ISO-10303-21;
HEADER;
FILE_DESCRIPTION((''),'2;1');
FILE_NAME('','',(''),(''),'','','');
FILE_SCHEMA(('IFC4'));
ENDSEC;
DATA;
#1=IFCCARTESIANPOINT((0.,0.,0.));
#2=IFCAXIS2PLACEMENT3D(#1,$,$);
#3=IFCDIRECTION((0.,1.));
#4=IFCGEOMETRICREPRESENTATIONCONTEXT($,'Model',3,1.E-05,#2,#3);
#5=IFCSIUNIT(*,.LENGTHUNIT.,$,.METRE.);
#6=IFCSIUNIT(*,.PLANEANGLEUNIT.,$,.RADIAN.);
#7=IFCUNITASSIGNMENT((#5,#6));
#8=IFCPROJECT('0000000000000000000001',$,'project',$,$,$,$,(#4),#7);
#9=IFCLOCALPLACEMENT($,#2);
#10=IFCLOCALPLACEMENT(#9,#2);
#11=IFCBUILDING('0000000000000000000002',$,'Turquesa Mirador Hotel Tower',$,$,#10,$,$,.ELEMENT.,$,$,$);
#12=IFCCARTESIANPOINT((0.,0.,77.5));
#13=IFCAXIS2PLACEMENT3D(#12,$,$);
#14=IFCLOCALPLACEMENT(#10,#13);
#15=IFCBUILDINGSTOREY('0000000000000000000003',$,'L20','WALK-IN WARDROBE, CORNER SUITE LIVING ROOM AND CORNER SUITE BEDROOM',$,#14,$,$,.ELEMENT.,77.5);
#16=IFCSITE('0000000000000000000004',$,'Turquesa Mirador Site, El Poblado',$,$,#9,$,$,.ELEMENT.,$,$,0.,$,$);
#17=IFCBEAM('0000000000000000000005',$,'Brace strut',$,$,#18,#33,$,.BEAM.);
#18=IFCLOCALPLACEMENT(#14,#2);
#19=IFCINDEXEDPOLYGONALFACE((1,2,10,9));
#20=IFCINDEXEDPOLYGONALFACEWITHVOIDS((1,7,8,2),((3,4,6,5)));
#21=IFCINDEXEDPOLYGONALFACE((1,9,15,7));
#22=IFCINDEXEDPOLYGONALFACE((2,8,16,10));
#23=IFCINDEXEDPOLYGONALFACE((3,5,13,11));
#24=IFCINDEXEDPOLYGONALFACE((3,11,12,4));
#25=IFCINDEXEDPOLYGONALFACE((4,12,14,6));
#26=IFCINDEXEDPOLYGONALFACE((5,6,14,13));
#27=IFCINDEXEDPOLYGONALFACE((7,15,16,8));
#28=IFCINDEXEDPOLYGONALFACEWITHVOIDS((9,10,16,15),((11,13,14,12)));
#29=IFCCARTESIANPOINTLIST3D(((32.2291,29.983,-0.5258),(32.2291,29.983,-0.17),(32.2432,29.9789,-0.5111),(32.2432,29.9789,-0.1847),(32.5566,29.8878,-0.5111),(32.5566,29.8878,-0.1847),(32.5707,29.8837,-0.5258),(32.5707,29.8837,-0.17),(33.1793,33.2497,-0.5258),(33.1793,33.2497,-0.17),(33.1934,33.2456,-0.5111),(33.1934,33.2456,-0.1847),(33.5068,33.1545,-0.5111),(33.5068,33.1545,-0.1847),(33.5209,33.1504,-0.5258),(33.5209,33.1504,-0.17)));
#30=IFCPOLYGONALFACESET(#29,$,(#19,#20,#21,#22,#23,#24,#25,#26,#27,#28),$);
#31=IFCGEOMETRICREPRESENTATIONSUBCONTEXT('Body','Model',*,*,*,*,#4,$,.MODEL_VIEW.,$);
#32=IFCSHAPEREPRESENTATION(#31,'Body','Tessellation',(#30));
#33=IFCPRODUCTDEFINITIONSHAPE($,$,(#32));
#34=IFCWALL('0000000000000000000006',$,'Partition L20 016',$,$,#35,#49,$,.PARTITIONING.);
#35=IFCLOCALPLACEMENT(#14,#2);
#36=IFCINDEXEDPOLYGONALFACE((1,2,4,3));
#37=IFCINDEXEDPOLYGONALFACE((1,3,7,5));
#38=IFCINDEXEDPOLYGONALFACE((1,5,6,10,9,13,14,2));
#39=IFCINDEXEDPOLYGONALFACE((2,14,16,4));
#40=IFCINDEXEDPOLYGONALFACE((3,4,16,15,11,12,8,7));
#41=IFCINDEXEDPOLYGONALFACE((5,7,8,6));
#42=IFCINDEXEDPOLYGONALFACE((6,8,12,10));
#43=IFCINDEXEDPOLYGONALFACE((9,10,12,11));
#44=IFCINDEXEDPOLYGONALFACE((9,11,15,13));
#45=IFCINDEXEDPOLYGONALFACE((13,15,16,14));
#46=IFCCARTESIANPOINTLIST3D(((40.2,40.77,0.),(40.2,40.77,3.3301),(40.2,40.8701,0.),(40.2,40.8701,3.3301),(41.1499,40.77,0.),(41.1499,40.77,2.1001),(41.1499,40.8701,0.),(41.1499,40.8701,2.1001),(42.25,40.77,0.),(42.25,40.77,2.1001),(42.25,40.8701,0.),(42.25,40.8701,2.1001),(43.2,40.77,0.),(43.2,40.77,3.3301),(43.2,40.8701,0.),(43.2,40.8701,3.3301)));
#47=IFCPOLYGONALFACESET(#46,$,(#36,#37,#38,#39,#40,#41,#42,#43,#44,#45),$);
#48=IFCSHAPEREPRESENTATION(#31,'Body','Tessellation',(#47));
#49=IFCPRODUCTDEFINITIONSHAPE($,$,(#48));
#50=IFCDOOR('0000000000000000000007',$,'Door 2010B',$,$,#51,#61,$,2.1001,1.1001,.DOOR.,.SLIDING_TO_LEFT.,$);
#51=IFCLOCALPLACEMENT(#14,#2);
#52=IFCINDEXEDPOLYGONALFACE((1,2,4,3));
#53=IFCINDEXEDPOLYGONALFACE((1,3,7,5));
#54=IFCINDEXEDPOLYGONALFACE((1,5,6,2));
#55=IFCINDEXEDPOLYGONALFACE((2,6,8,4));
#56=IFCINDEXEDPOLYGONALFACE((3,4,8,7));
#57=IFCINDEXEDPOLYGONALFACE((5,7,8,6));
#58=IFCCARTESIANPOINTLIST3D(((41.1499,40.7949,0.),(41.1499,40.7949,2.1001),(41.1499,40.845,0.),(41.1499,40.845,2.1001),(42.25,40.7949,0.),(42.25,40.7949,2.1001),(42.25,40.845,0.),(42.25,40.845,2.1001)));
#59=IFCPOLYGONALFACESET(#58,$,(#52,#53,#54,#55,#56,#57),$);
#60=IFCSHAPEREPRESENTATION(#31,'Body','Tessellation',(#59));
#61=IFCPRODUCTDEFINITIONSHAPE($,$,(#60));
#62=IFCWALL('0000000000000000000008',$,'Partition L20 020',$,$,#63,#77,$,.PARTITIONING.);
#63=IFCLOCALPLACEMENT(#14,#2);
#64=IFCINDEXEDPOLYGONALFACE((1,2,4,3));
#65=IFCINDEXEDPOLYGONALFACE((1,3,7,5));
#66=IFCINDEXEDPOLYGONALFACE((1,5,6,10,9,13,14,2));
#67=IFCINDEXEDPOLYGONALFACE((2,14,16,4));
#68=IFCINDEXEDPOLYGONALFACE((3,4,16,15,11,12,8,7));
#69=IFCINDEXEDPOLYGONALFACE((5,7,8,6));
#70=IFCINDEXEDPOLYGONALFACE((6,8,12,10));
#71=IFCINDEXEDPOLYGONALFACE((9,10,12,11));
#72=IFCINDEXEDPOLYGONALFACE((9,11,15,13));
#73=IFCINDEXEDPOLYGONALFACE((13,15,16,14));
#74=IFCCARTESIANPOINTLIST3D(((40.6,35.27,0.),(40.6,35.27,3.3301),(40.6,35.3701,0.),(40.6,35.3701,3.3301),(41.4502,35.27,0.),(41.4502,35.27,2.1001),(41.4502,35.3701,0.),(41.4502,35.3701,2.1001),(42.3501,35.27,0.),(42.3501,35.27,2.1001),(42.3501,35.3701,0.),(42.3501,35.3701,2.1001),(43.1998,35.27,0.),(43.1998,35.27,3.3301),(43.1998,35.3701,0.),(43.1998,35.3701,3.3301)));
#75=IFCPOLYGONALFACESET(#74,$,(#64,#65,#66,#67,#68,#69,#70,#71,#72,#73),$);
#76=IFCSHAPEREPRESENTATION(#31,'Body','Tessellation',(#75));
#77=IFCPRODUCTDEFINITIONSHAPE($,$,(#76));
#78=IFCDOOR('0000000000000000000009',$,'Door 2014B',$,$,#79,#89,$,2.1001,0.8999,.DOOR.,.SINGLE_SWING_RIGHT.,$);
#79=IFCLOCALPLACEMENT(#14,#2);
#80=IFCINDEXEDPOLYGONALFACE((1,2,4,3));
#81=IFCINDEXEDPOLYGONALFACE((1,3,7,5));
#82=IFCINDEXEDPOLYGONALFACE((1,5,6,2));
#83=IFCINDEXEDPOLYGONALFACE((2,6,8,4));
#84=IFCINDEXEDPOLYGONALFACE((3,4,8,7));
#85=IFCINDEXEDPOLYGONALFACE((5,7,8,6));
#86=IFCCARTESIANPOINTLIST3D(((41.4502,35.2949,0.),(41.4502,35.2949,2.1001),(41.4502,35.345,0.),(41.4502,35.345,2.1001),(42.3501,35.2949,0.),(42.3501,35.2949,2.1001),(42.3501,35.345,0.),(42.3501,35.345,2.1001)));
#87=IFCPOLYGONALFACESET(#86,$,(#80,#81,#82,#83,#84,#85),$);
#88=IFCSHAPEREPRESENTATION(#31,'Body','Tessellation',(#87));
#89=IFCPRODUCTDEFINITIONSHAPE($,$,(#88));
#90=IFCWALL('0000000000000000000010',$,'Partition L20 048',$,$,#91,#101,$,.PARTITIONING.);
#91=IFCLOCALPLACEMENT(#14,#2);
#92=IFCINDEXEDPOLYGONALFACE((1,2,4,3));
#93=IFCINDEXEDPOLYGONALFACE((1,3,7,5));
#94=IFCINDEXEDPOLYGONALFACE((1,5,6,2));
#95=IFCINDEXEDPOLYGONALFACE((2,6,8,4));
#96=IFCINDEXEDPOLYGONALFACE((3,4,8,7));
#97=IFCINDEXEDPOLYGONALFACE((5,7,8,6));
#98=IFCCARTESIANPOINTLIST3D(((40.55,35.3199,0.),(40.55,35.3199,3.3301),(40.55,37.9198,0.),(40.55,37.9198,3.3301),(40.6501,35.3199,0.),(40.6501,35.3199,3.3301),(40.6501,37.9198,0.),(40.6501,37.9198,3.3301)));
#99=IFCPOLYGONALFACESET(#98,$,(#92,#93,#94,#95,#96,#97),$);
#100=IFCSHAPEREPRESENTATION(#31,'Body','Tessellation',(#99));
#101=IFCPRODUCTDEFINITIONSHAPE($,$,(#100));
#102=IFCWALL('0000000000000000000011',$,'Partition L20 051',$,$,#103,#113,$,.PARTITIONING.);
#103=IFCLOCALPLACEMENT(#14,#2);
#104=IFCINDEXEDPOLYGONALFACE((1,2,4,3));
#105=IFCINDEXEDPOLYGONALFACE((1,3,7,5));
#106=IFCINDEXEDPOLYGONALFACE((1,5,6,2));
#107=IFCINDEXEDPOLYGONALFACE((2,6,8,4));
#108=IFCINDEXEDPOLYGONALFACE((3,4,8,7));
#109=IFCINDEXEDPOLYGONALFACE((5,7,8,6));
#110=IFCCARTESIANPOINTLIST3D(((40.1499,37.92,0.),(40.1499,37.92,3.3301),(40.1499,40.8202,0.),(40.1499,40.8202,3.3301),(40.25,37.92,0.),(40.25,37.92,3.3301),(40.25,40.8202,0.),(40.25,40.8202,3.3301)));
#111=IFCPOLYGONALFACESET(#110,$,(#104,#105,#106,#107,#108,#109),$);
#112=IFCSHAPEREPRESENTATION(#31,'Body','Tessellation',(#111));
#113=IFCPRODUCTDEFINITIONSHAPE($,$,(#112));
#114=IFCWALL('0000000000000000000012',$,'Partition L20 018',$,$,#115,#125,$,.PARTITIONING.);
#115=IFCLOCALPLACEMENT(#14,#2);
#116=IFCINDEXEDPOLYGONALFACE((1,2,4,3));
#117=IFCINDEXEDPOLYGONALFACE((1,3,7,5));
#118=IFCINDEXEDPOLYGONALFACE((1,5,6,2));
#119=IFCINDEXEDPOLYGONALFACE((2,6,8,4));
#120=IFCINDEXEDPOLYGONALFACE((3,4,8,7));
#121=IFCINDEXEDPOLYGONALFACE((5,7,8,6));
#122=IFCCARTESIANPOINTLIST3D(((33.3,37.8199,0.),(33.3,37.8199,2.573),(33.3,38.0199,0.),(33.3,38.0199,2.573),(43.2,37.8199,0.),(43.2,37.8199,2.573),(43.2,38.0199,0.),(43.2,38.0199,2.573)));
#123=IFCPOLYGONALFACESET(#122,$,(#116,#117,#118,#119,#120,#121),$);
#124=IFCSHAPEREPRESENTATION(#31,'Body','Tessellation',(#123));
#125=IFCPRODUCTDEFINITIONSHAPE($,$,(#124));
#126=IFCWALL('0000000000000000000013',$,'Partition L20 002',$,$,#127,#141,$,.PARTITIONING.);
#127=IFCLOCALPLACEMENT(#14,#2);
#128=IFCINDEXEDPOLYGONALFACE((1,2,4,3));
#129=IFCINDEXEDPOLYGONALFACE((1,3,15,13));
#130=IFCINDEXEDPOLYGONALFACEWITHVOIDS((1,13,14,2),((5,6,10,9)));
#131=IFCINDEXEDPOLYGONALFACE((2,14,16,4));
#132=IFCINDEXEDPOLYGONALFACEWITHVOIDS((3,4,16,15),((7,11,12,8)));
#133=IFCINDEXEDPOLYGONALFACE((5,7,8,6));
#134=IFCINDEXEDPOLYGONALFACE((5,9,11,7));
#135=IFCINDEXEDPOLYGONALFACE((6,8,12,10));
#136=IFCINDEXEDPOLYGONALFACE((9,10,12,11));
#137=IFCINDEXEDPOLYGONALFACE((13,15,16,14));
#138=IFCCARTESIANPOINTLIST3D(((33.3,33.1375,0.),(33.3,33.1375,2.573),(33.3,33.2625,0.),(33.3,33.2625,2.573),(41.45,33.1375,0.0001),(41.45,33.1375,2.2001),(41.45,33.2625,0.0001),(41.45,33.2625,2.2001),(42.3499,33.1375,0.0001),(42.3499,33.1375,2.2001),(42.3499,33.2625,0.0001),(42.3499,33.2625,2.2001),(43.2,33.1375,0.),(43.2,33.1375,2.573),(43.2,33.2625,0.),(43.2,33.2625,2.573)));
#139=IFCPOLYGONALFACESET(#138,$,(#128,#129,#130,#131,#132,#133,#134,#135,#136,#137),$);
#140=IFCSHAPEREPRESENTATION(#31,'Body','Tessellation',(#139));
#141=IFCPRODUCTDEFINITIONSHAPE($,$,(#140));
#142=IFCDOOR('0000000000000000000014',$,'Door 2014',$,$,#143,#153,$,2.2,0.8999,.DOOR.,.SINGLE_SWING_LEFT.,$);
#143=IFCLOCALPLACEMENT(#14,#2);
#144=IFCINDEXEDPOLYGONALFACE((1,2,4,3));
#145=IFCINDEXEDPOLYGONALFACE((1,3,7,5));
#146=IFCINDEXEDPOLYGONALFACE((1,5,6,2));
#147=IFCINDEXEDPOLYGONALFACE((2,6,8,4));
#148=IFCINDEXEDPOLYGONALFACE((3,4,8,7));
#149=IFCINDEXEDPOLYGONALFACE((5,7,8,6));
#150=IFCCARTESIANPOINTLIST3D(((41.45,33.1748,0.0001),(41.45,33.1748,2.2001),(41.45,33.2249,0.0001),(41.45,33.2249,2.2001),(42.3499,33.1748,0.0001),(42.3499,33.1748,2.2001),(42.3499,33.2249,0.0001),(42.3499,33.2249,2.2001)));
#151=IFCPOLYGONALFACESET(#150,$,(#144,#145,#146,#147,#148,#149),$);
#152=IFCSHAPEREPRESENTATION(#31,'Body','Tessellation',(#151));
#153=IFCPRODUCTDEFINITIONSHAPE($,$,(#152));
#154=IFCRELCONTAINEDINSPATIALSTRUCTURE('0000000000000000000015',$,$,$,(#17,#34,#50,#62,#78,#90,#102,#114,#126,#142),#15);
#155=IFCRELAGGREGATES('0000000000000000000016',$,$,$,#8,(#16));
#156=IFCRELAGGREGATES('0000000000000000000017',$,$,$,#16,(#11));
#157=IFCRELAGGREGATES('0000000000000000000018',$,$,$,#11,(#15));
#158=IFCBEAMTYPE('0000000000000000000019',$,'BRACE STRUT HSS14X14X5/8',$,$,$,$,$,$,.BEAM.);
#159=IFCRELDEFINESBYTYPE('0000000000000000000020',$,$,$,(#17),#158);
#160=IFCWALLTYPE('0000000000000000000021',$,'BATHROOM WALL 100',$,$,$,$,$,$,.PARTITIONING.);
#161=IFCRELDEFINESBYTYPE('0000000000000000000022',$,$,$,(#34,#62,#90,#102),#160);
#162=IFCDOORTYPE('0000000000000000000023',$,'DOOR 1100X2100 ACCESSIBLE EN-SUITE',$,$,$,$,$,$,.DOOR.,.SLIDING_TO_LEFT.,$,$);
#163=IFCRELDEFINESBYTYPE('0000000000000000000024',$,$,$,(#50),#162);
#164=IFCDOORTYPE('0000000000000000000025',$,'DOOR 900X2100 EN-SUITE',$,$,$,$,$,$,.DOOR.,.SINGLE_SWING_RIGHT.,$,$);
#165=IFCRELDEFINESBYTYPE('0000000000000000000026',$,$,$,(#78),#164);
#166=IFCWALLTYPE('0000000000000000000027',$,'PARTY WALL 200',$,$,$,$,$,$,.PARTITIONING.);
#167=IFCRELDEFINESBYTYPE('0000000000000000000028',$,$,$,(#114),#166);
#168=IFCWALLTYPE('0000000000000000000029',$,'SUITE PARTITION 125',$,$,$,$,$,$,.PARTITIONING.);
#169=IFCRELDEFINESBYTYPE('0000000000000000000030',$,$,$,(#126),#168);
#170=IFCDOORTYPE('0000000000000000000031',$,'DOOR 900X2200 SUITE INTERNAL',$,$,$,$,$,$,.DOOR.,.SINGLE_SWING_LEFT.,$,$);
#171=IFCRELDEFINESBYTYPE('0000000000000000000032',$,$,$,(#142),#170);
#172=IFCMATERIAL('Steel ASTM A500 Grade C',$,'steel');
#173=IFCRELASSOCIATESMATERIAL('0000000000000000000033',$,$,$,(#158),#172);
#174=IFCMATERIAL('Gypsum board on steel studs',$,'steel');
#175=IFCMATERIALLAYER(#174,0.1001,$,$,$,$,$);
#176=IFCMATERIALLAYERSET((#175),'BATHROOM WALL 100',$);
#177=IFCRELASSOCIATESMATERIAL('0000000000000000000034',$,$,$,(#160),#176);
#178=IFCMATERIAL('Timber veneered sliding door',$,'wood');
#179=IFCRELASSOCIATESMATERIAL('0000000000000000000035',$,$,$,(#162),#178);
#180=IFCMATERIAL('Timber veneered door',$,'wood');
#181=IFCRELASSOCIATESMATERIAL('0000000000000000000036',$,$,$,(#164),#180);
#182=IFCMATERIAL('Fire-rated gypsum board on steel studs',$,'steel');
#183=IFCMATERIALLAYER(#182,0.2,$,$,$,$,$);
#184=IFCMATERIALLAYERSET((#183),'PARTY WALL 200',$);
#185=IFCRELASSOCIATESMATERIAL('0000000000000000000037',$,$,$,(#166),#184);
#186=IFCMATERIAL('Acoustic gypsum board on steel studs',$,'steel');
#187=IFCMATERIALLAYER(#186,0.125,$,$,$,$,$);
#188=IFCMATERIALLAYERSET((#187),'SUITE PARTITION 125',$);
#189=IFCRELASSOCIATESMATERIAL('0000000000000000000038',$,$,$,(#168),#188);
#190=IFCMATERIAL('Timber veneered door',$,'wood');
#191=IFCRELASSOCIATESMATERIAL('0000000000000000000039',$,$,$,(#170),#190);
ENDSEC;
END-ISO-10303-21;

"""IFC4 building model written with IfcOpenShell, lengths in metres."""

from ifc_helpers import new_model, si_unit, direction, frame, frame_2d, origin, origin_2d, place, context, subcontext, project, spatial, rectangle, hollow_rectangle, extrude, material, layer, layer_set, material_profile, profile_set, type_object, element, fill, save


model = new_model("IFC4")

# Units and contexts
model_context = context("Model", 3, precision=1e-05, world=origin(), true_north=direction((0.0, 1.0)))
body_context = subcontext(model_context, "Body", "Model", "MODEL_VIEW")
ifc_project = project(units=[si_unit("LENGTHUNIT", "METRE"), si_unit("PLANEANGLEUNIT", "RADIAN")], contexts=[model_context])

# Site, building, storey
site_placement = place(None, origin())
site = spatial("IfcSite", under=ifc_project, at=site_placement, Name="Turquesa Mirador Site, El Poblado", CompositionType="ELEMENT", RefElevation=0.0)
building_placement = place(site_placement, origin())
building = spatial("IfcBuilding", under=site, at=building_placement, Name="Turquesa Mirador Hotel Tower", CompositionType="ELEMENT")
storey_placement = place(building_placement, frame((0.0, 0.0, 77.5)))
storey = spatial("IfcBuildingStorey", under=building, at=storey_placement, Name="L20", Description="WALK-IN WARDROBE, CORNER SUITE LIVING ROOM AND CORNER SUITE BEDROOM", CompositionType="ELEMENT", Elevation=77.5)

# Beam
ifc_material_1 = material(Name="Steel ASTM A500 Grade C", Category="steel")
ifc_material_profile_1 = material_profile(ifc_material_1, hollow_rectangle(XDim=0.3557, YDim=0.3557, WallThickness=0.0146, at=origin_2d()), Name="HSS14X14X5/8")
ifc_profile_set_1 = profile_set([ifc_material_profile_1], Name="Steel ASTM A500 Grade C")
beam_type_1 = type_object("IfcBeamType", Name="BRACE STRUT HSS14X14X5/8", PredefinedType="BEAM", material=ifc_profile_set_1)
beam_1_placement = place(storey_placement, frame((32.3999, 29.9333, -0.3479), z_axis=(0.279305, 0.960202, 0.0), x_axis=(-0.960202, 0.279305, 0.0)))
element("IfcBeam", 1, at=beam_1_placement, inside=storey, type_object=beam_type_1, Name="Brace strut", PredefinedType="BEAM", context=body_context, shape_type="SweptSolid", body=[
    extrude(hollow_rectangle(XDim=0.3557, YDim=0.3557, WallThickness=0.0146, at=origin_2d()), origin(), (0.0, 0.0, 1.0), 3.4021),
])

# Walls, openings, doors
ifc_material_2 = material(Name="Gypsum board on steel studs", Category="steel")
ifc_layer_1 = layer(ifc_material_2, 0.1001)
ifc_layer_set_1 = layer_set([ifc_layer_1], Name="BATHROOM WALL 100")
wall_type_1 = type_object("IfcWallType", Name="BATHROOM WALL 100", PredefinedType="PARTITIONING", material=ifc_layer_set_1)
wall_1_placement = place(storey_placement, frame((40.2, 40.8201, 0.0), z_axis=(0.0, 0.0, 1.0), x_axis=(1.0, 0.0, 0.0)))
wall_1 = element("IfcWall", 2, at=wall_1_placement, inside=storey, type_object=wall_type_1, Name="Partition L20 016", PredefinedType="PARTITIONING", context=body_context, shape_type="SweptSolid", body=[
    extrude(rectangle(XDim=3.0, YDim=0.1001, at=frame_2d((1.5, 0.0))), origin(), (0.0, 0.0, 1.0), 3.3301),
])
opening_1_placement = place(wall_1_placement, frame((0.95, 0.0, 0.0)))
opening_1 = element("IfcOpeningElement", 3, at=opening_1_placement, cuts=wall_1, PredefinedType="OPENING", context=body_context, shape_type="SweptSolid", body=[
    extrude(rectangle(XDim=1.1001, YDim=2.1001, at=frame_2d((0.55, 1.05))), frame((0.0, 0.0601, 0.0), z_axis=(0.0, -1.0, 0.0), x_axis=(1.0, 0.0, 0.0)), (0.0, 0.0, 1.0), 0.1201),
])
ifc_material_3 = material(Name="Timber veneered sliding door", Category="wood")
door_type_1 = type_object("IfcDoorType", Name="DOOR 1100X2100 ACCESSIBLE EN-SUITE", OperationType="SLIDING_TO_LEFT", PredefinedType="DOOR", material=ifc_material_3)
door_1_placement = place(opening_1_placement, origin())
door_1 = element("IfcDoor", 4, at=door_1_placement, inside=storey, type_object=door_type_1, Name="Door 2010B", OperationType="SLIDING_TO_LEFT", OverallHeight=2.1001, OverallWidth=1.1001, PredefinedType="DOOR", context=body_context, shape_type="SweptSolid", body=[
    extrude(rectangle(XDim=1.1001, YDim=2.1001, at=frame_2d((0.55, 1.05))), frame((0.0, 0.0249, 0.0), z_axis=(0.0, -1.0, 0.0), x_axis=(1.0, 0.0, 0.0)), (0.0, 0.0, 1.0), 0.05),
])
fill(opening_1, door_1)
wall_2_placement = place(storey_placement, frame((40.6001, 35.3201, 0.0), z_axis=(0.0, 0.0, 1.0), x_axis=(1.0, 0.0, 0.0)))
wall_2 = element("IfcWall", 5, at=wall_2_placement, inside=storey, type_object=wall_type_1, Name="Partition L20 020", PredefinedType="PARTITIONING", context=body_context, shape_type="SweptSolid", body=[
    extrude(rectangle(XDim=2.5999, YDim=0.1001, at=frame_2d((1.2998, 0.0))), origin(), (0.0, 0.0, 1.0), 3.3301),
])
opening_2_placement = place(wall_2_placement, frame((0.8501, 0.0, 0.0)))
opening_2 = element("IfcOpeningElement", 6, at=opening_2_placement, cuts=wall_2, PredefinedType="OPENING", context=body_context, shape_type="SweptSolid", body=[
    extrude(rectangle(XDim=0.8999, YDim=2.1001, at=frame_2d((0.45, 1.05))), frame((0.0, 0.0601, 0.0), z_axis=(0.0, -1.0, 0.0), x_axis=(1.0, 0.0, 0.0)), (0.0, 0.0, 1.0), 0.1201),
])
ifc_material_4 = material(Name="Timber veneered door", Category="wood")
door_type_2 = type_object("IfcDoorType", Name="DOOR 900X2100 EN-SUITE", OperationType="SINGLE_SWING_RIGHT", PredefinedType="DOOR", material=ifc_material_4)
door_2_placement = place(opening_2_placement, origin())
door_2 = element("IfcDoor", 7, at=door_2_placement, inside=storey, type_object=door_type_2, Name="Door 2014B", OperationType="SINGLE_SWING_RIGHT", OverallHeight=2.1001, OverallWidth=0.8999, PredefinedType="DOOR", context=body_context, shape_type="SweptSolid", body=[
    extrude(rectangle(XDim=0.8999, YDim=2.1001, at=frame_2d((0.45, 1.05))), frame((0.0, 0.0249, 0.0), z_axis=(0.0, -1.0, 0.0), x_axis=(1.0, 0.0, 0.0)), (0.0, 0.0, 1.0), 0.05),
])
fill(opening_2, door_2)

# Walls
wall_3_placement = place(storey_placement, frame((40.6001, 35.3201, 0.0), z_axis=(0.0, 0.0, 1.0), x_axis=(0.0, 1.0, 0.0)))
element("IfcWall", 8, at=wall_3_placement, inside=storey, type_object=wall_type_1, Name="Partition L20 048", PredefinedType="PARTITIONING", context=body_context, shape_type="SweptSolid", body=[
    extrude(rectangle(XDim=2.5999, YDim=0.1001, at=frame_2d((1.2998, 0.0))), origin(), (0.0, 0.0, 1.0), 3.3301),
])
wall_4_placement = place(storey_placement, frame((40.2, 37.9199, 0.0), z_axis=(0.0, 0.0, 1.0), x_axis=(0.0, 1.0, 0.0)))
element("IfcWall", 9, at=wall_4_placement, inside=storey, type_object=wall_type_1, Name="Partition L20 051", PredefinedType="PARTITIONING", context=body_context, shape_type="SweptSolid", body=[
    extrude(rectangle(XDim=2.9001, YDim=0.1001, at=frame_2d((1.4502, 0.0))), origin(), (0.0, 0.0, 1.0), 3.3301),
])
ifc_material_5 = material(Name="Fire-rated gypsum board on steel studs", Category="steel")
ifc_layer_2 = layer(ifc_material_5, 0.2)
ifc_layer_set_2 = layer_set([ifc_layer_2], Name="PARTY WALL 200")
wall_type_2 = type_object("IfcWallType", Name="PARTY WALL 200", PredefinedType="PARTITIONING", material=ifc_layer_set_2)
wall_5_placement = place(storey_placement, frame((33.3, 37.9199, 0.0), z_axis=(0.0, 0.0, 1.0), x_axis=(1.0, 0.0, 0.0)))
element("IfcWall", 10, at=wall_5_placement, inside=storey, type_object=wall_type_2, Name="Partition L20 018", PredefinedType="PARTITIONING", context=body_context, shape_type="SweptSolid", body=[
    extrude(rectangle(XDim=9.8999, YDim=0.2, at=frame_2d((4.95, 0.0))), origin(), (0.0, 0.0, 1.0), 2.573),
])

# Wall, opening, door
ifc_material_6 = material(Name="Acoustic gypsum board on steel studs", Category="steel")
ifc_layer_3 = layer(ifc_material_6, 0.125)
ifc_layer_set_3 = layer_set([ifc_layer_3], Name="SUITE PARTITION 125")
wall_type_3 = type_object("IfcWallType", Name="SUITE PARTITION 125", PredefinedType="PARTITIONING", material=ifc_layer_set_3)
wall_6_placement = place(storey_placement, frame((33.3, 33.2, 0.0), z_axis=(0.0, 0.0, 1.0), x_axis=(1.0, 0.0, 0.0)))
wall_6 = element("IfcWall", 11, at=wall_6_placement, inside=storey, type_object=wall_type_3, Name="Partition L20 002", PredefinedType="PARTITIONING", context=body_context, shape_type="SweptSolid", body=[
    extrude(rectangle(XDim=9.8999, YDim=0.125, at=frame_2d((4.95, 0.0))), origin(), (0.0, 0.0, 1.0), 2.573),
])
opening_3_placement = place(wall_6_placement, frame((8.1499, 0.0, 0.0)))
opening_3 = element("IfcOpeningElement", 12, at=opening_3_placement, cuts=wall_6, PredefinedType="OPENING", context=body_context, shape_type="SweptSolid", body=[
    extrude(rectangle(XDim=0.8999, YDim=2.2, at=frame_2d((0.45, 1.1001))), frame((0.0, 0.0725, 0.0), z_axis=(0.0, -1.0, 0.0), x_axis=(1.0, 0.0, 0.0)), (0.0, 0.0, 1.0), 0.145),
])
ifc_material_7 = material(Name="Timber veneered door", Category="wood")
door_type_3 = type_object("IfcDoorType", Name="DOOR 900X2200 SUITE INTERNAL", OperationType="SINGLE_SWING_LEFT", PredefinedType="DOOR", material=ifc_material_7)
door_3_placement = place(opening_3_placement, origin())
door_3 = element("IfcDoor", 13, at=door_3_placement, inside=storey, type_object=door_type_3, Name="Door 2014", OperationType="SINGLE_SWING_LEFT", OverallHeight=2.2, OverallWidth=0.8999, PredefinedType="DOOR", context=body_context, shape_type="SweptSolid", body=[
    extrude(rectangle(XDim=0.8999, YDim=2.2, at=frame_2d((0.45, 1.1001))), frame((0.0, 0.0249, 0.0), z_axis=(0.0, -1.0, 0.0), x_axis=(1.0, 0.0, 0.0)), (0.0, 0.0, 1.0), 0.05),
])
fill(opening_3, door_3)

save(model, "model.ifc")
